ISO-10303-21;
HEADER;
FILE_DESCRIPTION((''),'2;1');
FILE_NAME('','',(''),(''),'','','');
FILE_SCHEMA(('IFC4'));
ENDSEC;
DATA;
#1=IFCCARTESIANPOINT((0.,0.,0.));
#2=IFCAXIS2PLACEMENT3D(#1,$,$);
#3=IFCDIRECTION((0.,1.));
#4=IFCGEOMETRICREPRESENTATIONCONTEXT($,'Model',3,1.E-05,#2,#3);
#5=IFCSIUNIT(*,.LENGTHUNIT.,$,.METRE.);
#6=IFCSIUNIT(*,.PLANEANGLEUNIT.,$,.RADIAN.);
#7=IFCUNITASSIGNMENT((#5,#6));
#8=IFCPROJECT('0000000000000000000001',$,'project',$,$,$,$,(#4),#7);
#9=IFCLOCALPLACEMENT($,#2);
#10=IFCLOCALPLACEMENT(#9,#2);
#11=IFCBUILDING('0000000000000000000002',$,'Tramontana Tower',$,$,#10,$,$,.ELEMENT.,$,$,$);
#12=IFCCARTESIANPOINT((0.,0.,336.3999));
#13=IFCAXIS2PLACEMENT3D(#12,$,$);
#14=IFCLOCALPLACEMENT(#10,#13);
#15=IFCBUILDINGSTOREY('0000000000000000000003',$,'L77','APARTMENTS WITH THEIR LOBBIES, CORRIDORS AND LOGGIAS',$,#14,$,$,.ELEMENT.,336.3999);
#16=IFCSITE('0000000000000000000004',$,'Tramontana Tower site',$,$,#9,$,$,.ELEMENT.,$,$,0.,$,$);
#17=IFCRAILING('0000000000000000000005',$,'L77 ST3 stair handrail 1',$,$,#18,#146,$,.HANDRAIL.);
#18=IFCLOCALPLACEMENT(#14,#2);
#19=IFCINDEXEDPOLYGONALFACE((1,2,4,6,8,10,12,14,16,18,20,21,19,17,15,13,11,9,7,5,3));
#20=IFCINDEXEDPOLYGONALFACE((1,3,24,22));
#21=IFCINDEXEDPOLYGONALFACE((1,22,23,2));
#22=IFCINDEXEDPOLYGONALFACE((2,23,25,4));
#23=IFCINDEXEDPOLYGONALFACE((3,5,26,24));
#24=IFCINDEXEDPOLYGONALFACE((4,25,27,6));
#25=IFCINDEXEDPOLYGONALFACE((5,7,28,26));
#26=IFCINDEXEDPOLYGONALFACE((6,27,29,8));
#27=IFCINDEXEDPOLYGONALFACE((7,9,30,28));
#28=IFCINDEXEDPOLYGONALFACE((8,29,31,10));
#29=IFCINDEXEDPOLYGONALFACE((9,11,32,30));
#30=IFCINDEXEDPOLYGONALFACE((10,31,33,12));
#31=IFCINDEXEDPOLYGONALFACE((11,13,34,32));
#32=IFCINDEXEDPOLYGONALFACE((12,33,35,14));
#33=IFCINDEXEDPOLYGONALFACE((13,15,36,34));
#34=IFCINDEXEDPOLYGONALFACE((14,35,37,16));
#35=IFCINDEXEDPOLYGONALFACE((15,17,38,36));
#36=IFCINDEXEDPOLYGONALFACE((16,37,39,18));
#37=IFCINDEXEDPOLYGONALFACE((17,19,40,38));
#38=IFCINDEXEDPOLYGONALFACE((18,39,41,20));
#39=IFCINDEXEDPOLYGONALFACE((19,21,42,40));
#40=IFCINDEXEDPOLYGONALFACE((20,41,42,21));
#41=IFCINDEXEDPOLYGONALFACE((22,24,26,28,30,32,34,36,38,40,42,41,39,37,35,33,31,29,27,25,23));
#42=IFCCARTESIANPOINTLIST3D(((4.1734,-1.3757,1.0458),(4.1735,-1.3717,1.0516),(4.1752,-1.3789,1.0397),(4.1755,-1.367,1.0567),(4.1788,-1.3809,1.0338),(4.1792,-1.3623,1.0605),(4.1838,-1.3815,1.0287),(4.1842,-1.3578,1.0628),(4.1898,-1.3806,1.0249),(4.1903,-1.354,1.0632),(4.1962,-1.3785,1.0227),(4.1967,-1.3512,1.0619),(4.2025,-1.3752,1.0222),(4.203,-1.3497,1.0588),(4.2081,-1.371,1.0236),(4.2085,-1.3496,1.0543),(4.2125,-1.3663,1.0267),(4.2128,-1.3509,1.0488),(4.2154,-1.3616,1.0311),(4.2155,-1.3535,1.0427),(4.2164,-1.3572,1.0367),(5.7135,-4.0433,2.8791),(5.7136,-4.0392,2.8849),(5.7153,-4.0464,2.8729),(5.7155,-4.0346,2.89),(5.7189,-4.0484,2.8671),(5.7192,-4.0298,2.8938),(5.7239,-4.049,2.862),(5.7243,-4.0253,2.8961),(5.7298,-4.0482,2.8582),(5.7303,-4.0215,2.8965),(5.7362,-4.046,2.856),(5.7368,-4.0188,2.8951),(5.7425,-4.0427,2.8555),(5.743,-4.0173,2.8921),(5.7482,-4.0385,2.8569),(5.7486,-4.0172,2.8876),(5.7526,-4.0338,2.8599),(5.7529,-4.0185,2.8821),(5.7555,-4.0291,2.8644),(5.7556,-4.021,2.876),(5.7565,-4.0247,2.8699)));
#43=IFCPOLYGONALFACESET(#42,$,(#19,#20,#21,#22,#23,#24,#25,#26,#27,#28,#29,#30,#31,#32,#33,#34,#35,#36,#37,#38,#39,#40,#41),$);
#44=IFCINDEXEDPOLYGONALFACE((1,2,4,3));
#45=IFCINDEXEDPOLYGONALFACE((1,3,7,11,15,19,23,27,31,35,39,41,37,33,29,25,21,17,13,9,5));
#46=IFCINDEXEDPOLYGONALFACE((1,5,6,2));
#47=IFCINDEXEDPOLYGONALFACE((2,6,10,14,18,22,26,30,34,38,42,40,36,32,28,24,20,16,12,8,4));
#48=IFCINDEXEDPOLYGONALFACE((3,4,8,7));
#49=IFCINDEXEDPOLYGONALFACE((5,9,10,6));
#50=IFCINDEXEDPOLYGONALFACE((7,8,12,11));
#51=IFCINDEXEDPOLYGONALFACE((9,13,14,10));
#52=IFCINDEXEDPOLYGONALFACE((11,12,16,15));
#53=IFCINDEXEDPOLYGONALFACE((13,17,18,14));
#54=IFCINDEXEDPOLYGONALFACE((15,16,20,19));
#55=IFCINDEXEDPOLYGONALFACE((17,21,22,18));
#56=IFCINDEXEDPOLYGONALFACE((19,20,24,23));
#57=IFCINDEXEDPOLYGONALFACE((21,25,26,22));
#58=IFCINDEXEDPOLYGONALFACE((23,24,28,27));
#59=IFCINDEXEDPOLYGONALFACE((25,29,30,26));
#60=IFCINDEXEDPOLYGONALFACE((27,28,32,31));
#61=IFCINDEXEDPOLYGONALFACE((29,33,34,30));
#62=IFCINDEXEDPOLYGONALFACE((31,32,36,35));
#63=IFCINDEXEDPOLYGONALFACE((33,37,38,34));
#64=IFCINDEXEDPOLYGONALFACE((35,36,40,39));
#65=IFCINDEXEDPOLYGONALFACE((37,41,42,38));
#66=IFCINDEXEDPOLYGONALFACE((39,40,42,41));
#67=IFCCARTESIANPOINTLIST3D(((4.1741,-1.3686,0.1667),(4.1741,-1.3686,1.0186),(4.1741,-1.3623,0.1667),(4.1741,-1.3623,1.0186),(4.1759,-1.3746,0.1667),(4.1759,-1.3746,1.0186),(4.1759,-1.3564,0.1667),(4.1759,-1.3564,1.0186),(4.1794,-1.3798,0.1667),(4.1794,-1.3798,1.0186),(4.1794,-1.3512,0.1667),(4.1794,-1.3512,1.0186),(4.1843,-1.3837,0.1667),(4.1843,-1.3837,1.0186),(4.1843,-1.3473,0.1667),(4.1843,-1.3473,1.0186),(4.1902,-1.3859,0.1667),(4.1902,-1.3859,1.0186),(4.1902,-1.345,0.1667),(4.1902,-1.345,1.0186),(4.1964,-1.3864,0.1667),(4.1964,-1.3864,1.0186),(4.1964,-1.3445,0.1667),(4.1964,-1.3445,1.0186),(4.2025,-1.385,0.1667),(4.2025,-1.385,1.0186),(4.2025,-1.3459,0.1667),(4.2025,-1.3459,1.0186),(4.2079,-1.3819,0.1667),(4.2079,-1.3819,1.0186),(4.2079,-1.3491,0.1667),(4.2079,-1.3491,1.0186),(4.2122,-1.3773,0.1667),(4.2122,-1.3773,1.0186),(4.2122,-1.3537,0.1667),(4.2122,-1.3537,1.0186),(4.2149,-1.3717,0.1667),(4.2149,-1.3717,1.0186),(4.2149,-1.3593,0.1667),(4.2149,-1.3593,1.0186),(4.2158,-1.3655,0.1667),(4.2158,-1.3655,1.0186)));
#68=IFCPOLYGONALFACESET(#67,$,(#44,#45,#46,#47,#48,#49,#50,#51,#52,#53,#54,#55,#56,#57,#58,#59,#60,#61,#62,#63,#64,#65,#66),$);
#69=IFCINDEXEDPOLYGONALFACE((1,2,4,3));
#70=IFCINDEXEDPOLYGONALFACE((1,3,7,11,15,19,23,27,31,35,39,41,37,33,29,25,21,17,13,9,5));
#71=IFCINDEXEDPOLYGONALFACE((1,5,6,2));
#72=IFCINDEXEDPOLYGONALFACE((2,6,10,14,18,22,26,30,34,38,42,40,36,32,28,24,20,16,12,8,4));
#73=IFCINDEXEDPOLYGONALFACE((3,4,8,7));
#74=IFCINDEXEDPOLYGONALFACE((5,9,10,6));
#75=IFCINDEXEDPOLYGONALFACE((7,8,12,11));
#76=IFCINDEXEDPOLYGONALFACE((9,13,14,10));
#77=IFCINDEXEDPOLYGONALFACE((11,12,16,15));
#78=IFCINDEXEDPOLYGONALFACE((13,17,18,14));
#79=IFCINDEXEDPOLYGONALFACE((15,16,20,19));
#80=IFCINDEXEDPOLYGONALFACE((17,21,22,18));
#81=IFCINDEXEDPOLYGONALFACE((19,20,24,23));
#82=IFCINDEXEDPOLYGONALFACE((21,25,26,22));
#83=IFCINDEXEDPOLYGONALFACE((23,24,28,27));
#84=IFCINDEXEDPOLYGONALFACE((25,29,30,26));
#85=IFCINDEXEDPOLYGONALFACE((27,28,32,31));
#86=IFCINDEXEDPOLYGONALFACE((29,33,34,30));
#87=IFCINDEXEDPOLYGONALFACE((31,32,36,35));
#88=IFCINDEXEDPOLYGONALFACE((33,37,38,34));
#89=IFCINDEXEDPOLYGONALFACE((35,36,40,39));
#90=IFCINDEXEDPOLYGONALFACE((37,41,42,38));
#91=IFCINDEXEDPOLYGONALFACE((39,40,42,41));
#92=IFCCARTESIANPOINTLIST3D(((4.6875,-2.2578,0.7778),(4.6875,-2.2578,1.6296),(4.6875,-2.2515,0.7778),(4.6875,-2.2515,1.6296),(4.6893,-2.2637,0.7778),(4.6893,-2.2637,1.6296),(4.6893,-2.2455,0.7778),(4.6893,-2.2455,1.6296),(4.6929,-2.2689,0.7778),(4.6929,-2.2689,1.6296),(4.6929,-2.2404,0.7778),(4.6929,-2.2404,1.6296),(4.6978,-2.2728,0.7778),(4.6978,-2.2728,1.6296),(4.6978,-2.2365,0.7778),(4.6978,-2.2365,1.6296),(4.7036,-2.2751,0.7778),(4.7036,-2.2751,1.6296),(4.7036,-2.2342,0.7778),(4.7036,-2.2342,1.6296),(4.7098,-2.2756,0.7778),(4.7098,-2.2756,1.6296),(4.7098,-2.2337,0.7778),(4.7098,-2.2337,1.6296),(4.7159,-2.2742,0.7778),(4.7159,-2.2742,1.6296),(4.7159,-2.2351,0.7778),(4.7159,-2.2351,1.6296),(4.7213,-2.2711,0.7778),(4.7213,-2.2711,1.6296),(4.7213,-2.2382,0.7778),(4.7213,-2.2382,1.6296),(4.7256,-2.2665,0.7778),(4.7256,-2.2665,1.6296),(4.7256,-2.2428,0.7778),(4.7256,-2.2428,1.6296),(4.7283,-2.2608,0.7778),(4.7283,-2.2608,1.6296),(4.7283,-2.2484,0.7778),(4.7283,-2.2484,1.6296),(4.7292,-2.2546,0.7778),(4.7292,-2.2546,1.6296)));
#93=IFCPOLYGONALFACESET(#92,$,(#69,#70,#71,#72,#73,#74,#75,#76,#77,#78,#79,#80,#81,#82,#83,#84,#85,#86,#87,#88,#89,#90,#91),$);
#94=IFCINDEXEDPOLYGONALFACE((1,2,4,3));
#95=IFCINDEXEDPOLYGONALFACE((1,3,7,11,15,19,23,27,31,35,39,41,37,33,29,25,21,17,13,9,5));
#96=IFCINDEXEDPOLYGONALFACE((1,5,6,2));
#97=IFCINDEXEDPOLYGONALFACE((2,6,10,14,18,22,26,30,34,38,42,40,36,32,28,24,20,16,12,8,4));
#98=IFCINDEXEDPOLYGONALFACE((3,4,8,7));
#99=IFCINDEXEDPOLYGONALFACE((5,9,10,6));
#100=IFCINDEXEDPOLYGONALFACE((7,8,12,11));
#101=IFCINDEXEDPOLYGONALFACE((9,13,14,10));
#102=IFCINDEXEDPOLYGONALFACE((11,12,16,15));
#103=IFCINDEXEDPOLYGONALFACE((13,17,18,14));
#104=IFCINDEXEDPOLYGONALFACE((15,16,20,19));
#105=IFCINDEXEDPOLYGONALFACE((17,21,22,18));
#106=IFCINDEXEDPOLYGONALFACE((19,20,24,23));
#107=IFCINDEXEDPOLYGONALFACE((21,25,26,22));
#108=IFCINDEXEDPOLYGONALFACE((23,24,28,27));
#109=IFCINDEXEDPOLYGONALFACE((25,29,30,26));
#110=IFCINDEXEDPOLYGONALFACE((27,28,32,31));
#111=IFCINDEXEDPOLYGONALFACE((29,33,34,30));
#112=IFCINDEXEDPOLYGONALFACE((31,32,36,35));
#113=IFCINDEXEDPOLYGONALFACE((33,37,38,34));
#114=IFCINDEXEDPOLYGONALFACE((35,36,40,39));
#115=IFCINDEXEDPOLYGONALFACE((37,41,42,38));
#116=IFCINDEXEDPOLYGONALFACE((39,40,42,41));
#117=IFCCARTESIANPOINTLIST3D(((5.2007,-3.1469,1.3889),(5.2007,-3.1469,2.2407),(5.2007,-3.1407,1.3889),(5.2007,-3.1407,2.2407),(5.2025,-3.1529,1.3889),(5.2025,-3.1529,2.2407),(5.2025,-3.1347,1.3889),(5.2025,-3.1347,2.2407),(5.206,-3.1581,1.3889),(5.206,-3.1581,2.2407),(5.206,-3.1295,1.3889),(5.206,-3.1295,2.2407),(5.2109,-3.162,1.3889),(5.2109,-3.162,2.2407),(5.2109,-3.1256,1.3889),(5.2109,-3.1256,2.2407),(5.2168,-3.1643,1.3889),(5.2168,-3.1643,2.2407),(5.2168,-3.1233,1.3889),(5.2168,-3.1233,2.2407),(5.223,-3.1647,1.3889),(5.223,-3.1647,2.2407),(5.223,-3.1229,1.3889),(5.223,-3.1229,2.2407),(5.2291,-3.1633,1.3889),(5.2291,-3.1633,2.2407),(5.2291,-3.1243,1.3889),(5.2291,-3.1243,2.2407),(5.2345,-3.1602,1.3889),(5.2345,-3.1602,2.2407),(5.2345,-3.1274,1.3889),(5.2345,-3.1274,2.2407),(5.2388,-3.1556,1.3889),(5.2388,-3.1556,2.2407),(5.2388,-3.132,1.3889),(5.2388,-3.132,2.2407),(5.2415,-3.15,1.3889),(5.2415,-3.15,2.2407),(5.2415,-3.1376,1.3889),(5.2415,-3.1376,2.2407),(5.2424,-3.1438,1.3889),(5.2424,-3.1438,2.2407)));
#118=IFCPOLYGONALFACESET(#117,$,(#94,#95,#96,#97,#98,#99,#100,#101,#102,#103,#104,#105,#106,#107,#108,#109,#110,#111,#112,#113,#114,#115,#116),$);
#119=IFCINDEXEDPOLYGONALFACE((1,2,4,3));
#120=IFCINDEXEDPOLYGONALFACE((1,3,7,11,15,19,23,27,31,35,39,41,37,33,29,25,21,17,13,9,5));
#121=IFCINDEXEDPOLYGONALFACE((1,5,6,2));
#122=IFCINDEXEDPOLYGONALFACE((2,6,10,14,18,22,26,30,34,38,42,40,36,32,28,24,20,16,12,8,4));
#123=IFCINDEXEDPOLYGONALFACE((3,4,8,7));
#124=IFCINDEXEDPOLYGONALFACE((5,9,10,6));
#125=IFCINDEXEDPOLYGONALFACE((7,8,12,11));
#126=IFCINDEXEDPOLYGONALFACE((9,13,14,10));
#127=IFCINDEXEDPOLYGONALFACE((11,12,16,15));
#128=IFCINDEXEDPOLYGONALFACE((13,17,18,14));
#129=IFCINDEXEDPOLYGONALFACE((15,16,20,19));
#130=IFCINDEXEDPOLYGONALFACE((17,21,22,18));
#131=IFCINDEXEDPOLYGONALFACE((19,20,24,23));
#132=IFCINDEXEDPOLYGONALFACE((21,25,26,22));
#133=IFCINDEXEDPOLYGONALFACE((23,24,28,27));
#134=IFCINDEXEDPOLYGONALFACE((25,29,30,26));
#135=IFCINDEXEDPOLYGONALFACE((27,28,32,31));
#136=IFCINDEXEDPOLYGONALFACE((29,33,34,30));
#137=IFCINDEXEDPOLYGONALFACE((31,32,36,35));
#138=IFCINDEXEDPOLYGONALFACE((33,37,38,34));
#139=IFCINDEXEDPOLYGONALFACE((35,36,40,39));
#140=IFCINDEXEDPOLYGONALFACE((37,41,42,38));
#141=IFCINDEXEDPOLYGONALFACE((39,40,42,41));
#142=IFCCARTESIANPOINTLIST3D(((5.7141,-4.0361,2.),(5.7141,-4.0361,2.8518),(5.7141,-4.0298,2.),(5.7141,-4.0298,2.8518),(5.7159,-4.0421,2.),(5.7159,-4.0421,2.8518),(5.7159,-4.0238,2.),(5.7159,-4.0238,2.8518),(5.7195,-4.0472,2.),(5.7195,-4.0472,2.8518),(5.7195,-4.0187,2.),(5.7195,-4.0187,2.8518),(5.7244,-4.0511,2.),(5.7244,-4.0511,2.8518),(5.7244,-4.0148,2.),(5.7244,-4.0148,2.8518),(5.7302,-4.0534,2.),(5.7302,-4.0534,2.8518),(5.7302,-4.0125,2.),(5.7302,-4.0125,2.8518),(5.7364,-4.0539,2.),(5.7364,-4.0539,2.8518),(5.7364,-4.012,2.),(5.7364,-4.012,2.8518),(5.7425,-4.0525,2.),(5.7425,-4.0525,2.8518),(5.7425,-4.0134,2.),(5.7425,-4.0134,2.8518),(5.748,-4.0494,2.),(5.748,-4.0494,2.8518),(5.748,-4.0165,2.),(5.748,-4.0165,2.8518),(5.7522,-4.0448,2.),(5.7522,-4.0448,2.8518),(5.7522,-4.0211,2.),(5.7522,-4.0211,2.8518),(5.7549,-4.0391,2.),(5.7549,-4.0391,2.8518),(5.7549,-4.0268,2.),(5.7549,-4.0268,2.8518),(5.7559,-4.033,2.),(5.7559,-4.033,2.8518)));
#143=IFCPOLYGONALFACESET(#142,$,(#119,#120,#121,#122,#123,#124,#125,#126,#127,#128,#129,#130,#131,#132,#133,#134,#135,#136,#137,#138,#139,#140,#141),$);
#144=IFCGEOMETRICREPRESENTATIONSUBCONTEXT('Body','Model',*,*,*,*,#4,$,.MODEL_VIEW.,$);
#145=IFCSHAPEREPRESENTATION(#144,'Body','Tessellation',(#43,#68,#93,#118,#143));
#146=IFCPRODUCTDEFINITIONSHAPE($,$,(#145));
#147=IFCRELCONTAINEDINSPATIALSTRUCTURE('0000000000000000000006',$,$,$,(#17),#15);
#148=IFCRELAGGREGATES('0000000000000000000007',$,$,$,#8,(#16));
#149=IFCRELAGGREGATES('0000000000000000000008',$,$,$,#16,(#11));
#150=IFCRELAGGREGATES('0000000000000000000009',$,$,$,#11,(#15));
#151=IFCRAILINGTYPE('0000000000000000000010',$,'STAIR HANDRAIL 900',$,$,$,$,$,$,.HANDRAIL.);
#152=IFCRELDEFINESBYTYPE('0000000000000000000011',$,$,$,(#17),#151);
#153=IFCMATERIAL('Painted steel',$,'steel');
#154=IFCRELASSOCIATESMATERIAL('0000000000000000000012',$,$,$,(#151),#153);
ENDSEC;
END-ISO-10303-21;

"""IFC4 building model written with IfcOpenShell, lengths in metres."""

from ifc_helpers import new_model, si_unit, direction, frame, origin, origin_2d, place, context, subcontext, project, spatial, circle, extrude, material, type_object, element, save


model = new_model("IFC4")

# Units and contexts
model_context = context("Model", 3, precision=1e-05, world=origin(), true_north=direction((0.0, 1.0)))
body_context = subcontext(model_context, "Body", "Model", "MODEL_VIEW")
ifc_project = project(units=[si_unit("LENGTHUNIT", "METRE"), si_unit("PLANEANGLEUNIT", "RADIAN")], contexts=[model_context])

# Site, building, storey
site_placement = place(None, origin())
site = spatial("IfcSite", under=ifc_project, at=site_placement, Name="Tramontana Tower site", CompositionType="ELEMENT", RefElevation=0.0)
building_placement = place(site_placement, origin())
building = spatial("IfcBuilding", under=site, at=building_placement, Name="Tramontana Tower", CompositionType="ELEMENT")
storey_placement = place(building_placement, frame((0.0, 0.0, 336.3999)))
storey = spatial("IfcBuildingStorey", under=building, at=storey_placement, Name="L77", Description="APARTMENTS WITH THEIR LOBBIES, CORRIDORS AND LOGGIAS", CompositionType="ELEMENT", Elevation=336.3999)

# Railing
ifc_material_1 = material(Name="Painted steel", Category="steel")
railing_type_1 = type_object("IfcRailingType", Name="STAIR HANDRAIL 900", PredefinedType="HANDRAIL", material=ifc_material_1)
railing_1_placement = place(storey_placement, frame((4.1948, -1.3655, 0.1667)))
element("IfcRailing", 1, at=railing_1_placement, inside=storey, type_object=railing_type_1, Name="L77 ST3 stair handrail 1", PredefinedType="HANDRAIL", context=body_context, shape_type="SweptSolid", body=[
    extrude(circle(Radius=0.0239, at=origin_2d()), frame((0.0, 0.0, 0.876), z_axis=(0.429649, -0.74419, 0.511452), x_axis=(0.86603, 0.499992, 0.0)), (0.0, 0.0, 1.0), 3.5845),
    extrude(circle(Radius=0.021, at=origin_2d()), origin(), (0.0, 0.0, 1.0), 0.8518),
    extrude(circle(Radius=0.021, at=origin_2d()), frame((0.5134, -0.8892, 0.6111)), (0.0, 0.0, 1.0), 0.8518),
    extrude(circle(Radius=0.021, at=origin_2d()), frame((1.0266, -1.7783, 1.2222)), (0.0, 0.0, 1.0), 0.8518),
    extrude(circle(Radius=0.021, at=origin_2d()), frame((1.54, -2.6675, 1.8333)), (0.0, 0.0, 1.0), 0.8518),
])

save(model, "model.ifc")
